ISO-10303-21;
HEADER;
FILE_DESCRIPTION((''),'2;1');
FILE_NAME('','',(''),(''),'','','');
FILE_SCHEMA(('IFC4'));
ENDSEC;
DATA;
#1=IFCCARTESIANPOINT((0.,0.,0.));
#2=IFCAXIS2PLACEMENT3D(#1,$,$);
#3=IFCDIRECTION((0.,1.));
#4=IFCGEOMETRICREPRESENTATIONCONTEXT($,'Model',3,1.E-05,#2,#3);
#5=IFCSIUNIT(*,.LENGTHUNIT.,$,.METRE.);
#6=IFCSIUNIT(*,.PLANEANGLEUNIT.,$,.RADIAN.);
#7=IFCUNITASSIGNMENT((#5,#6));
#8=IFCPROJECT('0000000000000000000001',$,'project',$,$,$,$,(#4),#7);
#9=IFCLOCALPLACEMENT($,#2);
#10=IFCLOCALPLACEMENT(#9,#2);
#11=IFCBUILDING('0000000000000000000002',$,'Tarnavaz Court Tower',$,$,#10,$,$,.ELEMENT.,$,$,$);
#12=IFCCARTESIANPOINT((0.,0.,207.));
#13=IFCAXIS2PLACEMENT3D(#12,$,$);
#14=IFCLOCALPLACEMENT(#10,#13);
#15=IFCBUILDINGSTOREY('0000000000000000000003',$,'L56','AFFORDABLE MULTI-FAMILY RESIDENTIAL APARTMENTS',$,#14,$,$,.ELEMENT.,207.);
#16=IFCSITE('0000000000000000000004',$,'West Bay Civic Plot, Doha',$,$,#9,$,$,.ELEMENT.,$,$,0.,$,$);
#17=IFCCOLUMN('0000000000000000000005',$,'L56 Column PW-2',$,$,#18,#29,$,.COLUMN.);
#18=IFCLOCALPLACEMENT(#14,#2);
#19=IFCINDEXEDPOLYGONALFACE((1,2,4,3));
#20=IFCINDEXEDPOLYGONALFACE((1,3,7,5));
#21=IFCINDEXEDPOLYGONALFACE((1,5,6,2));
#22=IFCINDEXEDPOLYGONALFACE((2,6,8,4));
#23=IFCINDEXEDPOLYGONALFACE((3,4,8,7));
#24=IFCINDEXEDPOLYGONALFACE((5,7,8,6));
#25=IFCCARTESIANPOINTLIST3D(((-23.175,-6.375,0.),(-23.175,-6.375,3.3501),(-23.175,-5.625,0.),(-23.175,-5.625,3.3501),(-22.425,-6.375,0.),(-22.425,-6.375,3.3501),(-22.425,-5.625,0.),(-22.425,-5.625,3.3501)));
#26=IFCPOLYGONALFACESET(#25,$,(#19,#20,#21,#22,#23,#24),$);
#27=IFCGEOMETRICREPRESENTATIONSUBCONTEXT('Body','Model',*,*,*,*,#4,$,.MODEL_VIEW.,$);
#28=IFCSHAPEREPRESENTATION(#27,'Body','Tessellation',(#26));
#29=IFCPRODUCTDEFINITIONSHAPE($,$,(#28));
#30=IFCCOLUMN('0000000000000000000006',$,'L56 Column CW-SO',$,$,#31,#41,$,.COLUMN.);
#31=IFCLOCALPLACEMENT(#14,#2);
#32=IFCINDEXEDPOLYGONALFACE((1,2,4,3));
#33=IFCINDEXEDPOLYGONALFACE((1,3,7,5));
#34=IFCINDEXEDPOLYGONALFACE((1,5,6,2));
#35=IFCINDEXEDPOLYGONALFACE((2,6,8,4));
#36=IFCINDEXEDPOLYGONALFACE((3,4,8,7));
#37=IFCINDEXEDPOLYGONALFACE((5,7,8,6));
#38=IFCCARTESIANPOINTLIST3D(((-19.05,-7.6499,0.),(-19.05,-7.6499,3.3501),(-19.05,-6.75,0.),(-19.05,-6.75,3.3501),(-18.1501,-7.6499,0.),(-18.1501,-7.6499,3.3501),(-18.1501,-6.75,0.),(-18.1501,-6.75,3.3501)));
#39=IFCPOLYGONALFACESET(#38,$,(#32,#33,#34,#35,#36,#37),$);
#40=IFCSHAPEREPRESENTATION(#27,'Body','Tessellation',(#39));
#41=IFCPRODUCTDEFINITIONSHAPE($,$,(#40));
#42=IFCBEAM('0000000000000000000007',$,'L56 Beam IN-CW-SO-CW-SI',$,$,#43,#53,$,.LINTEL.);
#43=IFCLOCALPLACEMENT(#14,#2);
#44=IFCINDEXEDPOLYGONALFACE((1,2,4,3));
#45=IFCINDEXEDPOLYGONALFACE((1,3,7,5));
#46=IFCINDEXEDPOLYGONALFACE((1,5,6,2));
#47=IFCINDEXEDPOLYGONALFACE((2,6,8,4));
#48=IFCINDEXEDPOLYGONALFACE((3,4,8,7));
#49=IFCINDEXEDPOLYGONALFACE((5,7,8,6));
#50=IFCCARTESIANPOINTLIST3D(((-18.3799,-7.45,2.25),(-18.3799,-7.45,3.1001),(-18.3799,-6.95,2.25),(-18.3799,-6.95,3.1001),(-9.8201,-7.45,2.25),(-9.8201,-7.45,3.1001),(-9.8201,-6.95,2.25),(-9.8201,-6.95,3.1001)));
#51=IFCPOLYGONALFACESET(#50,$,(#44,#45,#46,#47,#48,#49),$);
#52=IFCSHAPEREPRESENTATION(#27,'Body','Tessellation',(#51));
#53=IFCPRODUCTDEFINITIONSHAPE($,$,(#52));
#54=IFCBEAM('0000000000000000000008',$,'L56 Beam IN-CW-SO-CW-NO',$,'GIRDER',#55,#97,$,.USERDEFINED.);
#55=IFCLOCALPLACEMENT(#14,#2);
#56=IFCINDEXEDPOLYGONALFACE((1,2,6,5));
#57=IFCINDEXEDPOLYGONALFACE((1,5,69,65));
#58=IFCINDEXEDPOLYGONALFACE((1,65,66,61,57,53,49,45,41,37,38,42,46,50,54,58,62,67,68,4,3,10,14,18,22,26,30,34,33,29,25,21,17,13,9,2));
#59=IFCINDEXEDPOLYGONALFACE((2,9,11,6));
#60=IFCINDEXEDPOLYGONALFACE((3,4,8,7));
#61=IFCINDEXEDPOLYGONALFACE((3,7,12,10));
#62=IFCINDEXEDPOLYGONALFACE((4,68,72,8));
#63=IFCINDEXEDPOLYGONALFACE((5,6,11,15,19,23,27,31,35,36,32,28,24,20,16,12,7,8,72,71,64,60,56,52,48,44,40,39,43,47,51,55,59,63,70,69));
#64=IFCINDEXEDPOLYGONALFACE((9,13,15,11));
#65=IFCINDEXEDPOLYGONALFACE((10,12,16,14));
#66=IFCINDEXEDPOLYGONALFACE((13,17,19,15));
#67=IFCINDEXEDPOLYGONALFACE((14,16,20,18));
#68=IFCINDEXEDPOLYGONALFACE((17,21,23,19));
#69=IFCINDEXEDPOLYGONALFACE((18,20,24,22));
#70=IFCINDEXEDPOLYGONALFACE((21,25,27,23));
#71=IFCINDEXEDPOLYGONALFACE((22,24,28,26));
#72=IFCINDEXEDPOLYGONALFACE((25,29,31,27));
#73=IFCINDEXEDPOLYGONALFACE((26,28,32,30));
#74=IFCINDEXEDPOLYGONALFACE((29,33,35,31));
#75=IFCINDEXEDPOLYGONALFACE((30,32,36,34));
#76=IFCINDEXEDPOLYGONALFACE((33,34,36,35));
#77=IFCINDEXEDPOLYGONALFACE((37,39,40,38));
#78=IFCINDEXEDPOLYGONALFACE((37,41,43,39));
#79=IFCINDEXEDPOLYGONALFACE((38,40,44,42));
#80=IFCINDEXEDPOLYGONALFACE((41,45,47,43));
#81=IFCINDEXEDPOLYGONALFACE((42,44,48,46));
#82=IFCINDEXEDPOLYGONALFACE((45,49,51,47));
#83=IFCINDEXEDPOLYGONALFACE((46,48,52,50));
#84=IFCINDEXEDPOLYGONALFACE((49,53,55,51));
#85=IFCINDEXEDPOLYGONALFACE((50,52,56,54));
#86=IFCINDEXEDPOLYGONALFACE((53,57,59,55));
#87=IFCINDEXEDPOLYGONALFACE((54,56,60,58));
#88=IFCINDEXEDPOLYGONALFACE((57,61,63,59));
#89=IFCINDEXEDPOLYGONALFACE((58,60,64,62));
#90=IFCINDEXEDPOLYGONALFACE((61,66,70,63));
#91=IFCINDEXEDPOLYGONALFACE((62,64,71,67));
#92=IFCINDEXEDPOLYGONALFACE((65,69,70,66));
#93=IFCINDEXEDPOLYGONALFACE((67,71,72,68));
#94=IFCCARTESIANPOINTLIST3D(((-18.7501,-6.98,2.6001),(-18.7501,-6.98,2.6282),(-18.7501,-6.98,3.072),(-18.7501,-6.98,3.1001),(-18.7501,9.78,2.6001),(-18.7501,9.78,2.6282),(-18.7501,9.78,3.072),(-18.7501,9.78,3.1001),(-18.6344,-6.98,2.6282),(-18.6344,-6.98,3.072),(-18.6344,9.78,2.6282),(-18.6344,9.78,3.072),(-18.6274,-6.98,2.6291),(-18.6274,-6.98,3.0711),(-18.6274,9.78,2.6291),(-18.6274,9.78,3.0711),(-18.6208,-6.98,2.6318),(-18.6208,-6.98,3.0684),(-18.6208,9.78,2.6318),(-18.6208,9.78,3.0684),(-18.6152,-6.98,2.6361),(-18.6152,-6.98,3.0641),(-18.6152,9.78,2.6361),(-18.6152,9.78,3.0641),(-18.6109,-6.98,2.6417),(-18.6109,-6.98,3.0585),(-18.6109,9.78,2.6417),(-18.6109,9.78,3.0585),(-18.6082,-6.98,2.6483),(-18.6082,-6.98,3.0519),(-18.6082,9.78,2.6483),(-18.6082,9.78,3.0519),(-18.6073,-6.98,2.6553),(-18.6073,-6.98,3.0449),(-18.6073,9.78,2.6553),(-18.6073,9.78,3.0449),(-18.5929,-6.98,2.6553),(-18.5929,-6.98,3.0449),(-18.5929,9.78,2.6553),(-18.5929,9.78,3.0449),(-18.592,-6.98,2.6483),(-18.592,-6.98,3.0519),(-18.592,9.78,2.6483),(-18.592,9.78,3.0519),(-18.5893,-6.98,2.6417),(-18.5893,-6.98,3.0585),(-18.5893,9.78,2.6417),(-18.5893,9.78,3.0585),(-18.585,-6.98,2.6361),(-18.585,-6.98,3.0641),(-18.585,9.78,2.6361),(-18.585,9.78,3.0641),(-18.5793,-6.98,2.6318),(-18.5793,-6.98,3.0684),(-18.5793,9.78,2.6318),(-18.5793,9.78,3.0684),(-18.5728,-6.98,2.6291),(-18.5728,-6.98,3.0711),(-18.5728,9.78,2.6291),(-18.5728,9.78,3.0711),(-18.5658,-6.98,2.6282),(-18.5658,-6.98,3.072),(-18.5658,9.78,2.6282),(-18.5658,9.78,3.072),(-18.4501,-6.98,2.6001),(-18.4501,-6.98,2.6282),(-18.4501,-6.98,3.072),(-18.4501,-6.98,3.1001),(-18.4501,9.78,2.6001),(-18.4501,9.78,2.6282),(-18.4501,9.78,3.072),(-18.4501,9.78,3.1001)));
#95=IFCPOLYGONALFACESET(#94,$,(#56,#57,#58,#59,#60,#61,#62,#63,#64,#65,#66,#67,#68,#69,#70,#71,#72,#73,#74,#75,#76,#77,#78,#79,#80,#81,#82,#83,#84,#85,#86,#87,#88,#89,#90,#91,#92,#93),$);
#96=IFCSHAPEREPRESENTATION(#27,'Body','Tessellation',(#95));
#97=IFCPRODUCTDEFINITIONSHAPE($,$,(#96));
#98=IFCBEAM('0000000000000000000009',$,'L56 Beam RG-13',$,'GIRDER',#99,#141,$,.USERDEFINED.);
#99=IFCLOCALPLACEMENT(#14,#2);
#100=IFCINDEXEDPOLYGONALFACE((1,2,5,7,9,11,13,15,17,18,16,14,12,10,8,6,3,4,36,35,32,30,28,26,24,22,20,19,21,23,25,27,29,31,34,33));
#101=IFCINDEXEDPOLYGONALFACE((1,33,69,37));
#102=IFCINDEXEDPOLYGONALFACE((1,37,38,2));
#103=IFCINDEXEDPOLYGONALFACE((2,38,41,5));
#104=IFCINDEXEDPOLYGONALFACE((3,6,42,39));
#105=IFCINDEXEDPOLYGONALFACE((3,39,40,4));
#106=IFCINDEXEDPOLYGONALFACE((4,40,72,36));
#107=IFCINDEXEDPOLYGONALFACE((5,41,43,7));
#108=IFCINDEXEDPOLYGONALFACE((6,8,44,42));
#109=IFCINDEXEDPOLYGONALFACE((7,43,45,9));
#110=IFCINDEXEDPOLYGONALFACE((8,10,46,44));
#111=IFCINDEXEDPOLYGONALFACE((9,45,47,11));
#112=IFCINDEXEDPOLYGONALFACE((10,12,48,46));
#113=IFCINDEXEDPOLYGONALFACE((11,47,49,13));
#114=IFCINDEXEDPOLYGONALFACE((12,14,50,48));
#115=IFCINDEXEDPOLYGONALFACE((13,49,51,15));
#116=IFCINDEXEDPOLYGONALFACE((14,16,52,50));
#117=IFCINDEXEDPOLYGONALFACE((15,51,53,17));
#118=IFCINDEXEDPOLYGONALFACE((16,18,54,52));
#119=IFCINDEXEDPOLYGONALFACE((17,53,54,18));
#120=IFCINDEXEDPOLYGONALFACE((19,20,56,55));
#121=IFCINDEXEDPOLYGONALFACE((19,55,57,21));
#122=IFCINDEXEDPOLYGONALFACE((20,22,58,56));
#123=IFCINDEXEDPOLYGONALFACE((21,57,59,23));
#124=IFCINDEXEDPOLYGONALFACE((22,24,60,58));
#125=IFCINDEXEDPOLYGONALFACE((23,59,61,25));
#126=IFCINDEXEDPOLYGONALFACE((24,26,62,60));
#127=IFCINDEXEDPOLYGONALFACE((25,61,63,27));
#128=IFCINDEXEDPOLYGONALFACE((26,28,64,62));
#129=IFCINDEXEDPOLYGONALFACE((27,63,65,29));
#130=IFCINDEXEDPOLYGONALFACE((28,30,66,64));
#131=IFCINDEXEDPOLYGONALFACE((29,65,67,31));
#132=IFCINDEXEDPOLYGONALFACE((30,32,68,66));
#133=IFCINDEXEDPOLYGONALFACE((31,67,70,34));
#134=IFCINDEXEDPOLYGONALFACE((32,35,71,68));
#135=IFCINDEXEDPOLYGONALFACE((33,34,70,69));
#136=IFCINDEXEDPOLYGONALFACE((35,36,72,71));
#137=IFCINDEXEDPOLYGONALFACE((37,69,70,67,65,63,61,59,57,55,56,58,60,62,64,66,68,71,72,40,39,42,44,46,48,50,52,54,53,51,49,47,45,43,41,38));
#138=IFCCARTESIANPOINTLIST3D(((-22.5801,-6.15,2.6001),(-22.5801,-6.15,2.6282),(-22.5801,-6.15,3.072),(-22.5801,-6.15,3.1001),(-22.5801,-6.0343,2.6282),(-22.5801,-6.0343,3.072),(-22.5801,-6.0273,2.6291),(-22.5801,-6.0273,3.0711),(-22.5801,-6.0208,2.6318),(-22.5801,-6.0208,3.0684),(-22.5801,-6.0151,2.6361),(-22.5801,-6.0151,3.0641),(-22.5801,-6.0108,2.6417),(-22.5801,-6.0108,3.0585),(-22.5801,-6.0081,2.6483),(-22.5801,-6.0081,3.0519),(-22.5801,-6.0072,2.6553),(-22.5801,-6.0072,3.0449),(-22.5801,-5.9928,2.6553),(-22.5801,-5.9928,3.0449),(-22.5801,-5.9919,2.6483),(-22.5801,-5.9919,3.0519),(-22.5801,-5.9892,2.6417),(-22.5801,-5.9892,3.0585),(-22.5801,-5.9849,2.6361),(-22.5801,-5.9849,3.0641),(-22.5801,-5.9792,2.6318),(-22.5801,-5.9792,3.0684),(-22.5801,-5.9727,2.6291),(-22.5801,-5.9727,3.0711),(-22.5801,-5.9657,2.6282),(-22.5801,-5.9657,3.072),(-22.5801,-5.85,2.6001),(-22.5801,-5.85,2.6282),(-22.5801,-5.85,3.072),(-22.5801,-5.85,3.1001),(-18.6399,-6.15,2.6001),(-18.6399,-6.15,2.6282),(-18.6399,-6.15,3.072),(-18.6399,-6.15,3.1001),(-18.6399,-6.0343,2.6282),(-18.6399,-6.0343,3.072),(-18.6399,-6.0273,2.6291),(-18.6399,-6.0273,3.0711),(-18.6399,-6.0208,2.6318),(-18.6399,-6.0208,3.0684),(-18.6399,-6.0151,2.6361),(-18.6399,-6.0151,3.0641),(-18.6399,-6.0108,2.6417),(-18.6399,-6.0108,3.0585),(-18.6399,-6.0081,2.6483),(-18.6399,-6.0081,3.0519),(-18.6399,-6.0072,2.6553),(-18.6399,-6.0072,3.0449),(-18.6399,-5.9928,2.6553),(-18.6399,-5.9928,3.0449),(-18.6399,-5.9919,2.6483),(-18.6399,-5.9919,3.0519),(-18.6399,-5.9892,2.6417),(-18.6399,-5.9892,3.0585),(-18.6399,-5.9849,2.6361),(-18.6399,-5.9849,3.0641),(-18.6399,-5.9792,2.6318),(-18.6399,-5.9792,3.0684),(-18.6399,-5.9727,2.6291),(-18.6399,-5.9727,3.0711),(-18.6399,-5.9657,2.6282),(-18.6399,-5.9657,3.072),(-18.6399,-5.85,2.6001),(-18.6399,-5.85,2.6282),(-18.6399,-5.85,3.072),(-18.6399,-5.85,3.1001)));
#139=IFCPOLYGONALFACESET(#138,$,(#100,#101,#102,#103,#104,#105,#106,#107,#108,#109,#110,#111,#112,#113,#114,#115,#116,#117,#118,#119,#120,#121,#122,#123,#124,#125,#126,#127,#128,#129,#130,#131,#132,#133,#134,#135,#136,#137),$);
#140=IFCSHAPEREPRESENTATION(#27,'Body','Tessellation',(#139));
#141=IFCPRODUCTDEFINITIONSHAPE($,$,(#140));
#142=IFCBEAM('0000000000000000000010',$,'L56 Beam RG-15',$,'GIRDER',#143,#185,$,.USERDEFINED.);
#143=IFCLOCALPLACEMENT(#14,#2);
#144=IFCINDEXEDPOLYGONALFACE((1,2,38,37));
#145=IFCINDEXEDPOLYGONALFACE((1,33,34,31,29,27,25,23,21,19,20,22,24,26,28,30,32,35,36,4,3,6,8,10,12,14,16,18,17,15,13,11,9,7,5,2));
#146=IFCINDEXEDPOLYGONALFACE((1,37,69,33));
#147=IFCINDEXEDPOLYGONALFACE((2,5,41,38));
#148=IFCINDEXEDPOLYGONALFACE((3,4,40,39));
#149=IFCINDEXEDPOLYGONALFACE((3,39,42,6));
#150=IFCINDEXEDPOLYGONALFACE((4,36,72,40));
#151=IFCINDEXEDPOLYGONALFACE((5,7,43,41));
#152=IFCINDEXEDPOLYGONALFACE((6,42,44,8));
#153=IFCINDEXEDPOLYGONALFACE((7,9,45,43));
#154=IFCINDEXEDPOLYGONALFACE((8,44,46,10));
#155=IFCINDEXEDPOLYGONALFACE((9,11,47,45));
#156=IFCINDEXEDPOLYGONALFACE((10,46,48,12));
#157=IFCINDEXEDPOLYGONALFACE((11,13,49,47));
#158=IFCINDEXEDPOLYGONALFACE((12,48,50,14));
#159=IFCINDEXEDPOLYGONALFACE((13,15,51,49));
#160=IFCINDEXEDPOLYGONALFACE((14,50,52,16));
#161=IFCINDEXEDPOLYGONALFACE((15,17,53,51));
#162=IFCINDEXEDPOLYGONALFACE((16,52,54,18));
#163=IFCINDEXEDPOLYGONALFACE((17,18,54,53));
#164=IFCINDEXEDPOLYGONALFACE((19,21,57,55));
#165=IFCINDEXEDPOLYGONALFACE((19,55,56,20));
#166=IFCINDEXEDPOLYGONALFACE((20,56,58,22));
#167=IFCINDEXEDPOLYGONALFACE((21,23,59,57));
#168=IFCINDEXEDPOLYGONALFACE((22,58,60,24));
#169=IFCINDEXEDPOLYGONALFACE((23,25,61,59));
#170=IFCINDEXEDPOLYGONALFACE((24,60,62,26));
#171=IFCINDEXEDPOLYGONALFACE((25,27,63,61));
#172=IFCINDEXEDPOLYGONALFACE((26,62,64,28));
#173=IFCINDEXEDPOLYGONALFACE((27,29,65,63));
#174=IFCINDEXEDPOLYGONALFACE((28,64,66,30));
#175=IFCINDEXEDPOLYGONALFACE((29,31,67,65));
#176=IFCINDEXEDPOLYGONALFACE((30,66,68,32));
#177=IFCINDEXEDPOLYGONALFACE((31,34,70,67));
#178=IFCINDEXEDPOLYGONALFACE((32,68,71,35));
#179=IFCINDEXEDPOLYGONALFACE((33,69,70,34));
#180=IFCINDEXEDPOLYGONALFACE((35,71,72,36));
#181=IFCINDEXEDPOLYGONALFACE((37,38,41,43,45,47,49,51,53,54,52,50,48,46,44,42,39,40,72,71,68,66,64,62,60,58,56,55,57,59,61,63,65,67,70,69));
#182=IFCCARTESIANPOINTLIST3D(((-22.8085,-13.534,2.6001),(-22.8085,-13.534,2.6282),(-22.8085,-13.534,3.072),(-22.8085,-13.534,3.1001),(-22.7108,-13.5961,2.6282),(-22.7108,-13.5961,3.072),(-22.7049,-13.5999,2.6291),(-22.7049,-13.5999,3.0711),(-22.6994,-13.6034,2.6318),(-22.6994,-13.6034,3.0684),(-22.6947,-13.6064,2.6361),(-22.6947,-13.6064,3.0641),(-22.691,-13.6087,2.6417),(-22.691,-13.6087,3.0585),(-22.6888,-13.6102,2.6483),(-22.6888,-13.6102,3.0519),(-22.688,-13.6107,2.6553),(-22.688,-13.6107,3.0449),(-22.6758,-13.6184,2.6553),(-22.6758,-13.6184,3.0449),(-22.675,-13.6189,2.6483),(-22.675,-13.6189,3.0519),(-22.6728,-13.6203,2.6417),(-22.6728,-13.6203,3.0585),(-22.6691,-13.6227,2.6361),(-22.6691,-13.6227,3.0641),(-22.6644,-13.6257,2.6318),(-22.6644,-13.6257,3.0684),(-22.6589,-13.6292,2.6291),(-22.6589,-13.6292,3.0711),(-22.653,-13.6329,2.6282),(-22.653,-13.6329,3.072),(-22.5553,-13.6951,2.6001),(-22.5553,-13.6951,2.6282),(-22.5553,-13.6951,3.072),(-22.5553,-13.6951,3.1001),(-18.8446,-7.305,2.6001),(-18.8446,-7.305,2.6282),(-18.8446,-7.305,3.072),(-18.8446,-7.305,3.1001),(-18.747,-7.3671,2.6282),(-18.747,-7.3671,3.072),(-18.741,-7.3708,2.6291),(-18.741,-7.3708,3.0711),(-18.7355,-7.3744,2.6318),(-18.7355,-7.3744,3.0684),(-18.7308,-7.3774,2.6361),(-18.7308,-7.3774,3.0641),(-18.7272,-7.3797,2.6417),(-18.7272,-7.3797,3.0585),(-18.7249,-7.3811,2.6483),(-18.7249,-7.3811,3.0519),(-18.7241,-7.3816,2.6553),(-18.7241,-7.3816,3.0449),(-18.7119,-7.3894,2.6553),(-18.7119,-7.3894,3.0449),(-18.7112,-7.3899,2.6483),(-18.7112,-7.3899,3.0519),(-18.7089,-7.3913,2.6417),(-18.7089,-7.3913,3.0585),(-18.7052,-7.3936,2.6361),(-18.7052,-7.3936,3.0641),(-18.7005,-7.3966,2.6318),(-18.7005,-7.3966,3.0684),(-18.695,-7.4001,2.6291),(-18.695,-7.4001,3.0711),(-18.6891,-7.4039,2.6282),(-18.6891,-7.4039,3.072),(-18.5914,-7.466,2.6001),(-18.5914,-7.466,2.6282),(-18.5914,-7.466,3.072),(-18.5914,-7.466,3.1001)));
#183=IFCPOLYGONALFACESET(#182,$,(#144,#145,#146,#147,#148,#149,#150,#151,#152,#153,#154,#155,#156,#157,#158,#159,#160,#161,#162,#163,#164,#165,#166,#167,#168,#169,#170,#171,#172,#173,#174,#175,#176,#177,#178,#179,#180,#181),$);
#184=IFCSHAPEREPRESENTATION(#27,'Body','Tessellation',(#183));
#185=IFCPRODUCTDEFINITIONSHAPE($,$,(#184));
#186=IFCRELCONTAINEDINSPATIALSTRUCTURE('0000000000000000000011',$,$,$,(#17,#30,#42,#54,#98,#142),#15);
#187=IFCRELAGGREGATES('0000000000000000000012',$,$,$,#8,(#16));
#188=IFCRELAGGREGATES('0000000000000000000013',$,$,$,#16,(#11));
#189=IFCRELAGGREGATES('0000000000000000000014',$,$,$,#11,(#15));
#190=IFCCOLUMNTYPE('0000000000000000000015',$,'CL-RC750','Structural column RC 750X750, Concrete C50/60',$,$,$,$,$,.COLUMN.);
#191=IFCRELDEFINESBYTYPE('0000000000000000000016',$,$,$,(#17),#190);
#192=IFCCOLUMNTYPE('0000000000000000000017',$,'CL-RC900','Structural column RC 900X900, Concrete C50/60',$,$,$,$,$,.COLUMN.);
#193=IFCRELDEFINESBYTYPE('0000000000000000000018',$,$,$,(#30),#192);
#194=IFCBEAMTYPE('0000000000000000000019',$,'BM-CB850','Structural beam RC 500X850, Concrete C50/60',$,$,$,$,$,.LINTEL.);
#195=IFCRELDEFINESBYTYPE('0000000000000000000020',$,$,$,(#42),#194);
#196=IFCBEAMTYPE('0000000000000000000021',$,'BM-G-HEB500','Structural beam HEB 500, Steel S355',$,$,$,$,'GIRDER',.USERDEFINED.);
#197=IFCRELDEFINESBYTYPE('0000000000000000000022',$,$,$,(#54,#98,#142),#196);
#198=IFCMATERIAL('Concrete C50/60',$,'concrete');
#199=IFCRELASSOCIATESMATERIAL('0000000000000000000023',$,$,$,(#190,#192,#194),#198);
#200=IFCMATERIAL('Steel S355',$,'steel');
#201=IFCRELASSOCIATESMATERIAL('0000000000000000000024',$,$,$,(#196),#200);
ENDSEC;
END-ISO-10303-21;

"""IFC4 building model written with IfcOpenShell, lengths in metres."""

from ifc_helpers import new_model, si_unit, direction, frame, origin, origin_2d, place, context, subcontext, project, spatial, rectangle, i_section, extrude, material, material_profile, profile_set, type_object, element, save


model = new_model("IFC4")

# Units and contexts
model_context = context("Model", 3, precision=1e-05, world=origin(), true_north=direction((0.0, 1.0)))
body_context = subcontext(model_context, "Body", "Model", "MODEL_VIEW")
ifc_project = project(units=[si_unit("LENGTHUNIT", "METRE"), si_unit("PLANEANGLEUNIT", "RADIAN")], contexts=[model_context])

# Site, building, storey
site_placement = place(None, origin())
site = spatial("IfcSite", under=ifc_project, at=site_placement, Name="West Bay Civic Plot, Doha", CompositionType="ELEMENT", RefElevation=0.0)
building_placement = place(site_placement, origin())
building = spatial("IfcBuilding", under=site, at=building_placement, Name="Tarnavaz Court Tower", CompositionType="ELEMENT")
storey_placement = place(building_placement, frame((0.0, 0.0, 207.0)))
storey = spatial("IfcBuildingStorey", under=building, at=storey_placement, Name="L56", Description="AFFORDABLE MULTI-FAMILY RESIDENTIAL APARTMENTS", CompositionType="ELEMENT", Elevation=207.0)

# Columns
ifc_material_1 = material(Name="Concrete C50/60", Category="concrete")
ifc_material_profile_1 = material_profile(ifc_material_1, rectangle(XDim=0.75, YDim=0.75, at=origin_2d()), Name="RC 750X750")
ifc_profile_set_1 = profile_set([ifc_material_profile_1], Name="Concrete C50/60")
column_type_1 = type_object("IfcColumnType", Name="CL-RC750", Description="Structural column RC 750X750, Concrete C50/60", PredefinedType="COLUMN", material=ifc_profile_set_1)
column_1_placement = place(storey_placement, frame((-22.8, -6.0, 0.0), z_axis=(0.0, 0.0, 1.0), x_axis=(1.0, 0.0, 0.0)))
element("IfcColumn", 1, at=column_1_placement, inside=storey, type_object=column_type_1, Name="L56 Column PW-2", PredefinedType="COLUMN", context=body_context, shape_type="SweptSolid", body=[
    extrude(rectangle(XDim=0.75, YDim=0.75, at=origin_2d()), origin(), (0.0, 0.0, 1.0), 3.3501),
])
ifc_material_profile_2 = material_profile(ifc_material_1, rectangle(XDim=0.8999, YDim=0.8999, at=origin_2d()), Name="RC 900X900")
ifc_profile_set_2 = profile_set([ifc_material_profile_2], Name="Concrete C50/60")
column_type_2 = type_object("IfcColumnType", Name="CL-RC900", Description="Structural column RC 900X900, Concrete C50/60", PredefinedType="COLUMN", material=ifc_profile_set_2)
column_2_placement = place(storey_placement, frame((-18.6001, -7.2, 0.0), z_axis=(0.0, 0.0, 1.0), x_axis=(1.0, 0.0, 0.0)))
element("IfcColumn", 2, at=column_2_placement, inside=storey, type_object=column_type_2, Name="L56 Column CW-SO", PredefinedType="COLUMN", context=body_context, shape_type="SweptSolid", body=[
    extrude(rectangle(XDim=0.8999, YDim=0.8999, at=origin_2d()), origin(), (0.0, 0.0, 1.0), 3.3501),
])

# Beams
ifc_material_profile_3 = material_profile(ifc_material_1, rectangle(XDim=0.5, YDim=0.8501, at=origin_2d()), Name="RC 500X850")
ifc_profile_set_3 = profile_set([ifc_material_profile_3], Name="Concrete C50/60")
beam_type_1 = type_object("IfcBeamType", Name="BM-CB850", Description="Structural beam RC 500X850, Concrete C50/60", PredefinedType="LINTEL", material=ifc_profile_set_3)
beam_1_placement = place(storey_placement, frame((-18.3799, -7.2, 2.675), z_axis=(1.0, 0.0, 0.0), x_axis=(0.0, 1.0, 0.0)))
element("IfcBeam", 3, at=beam_1_placement, inside=storey, type_object=beam_type_1, Name="L56 Beam IN-CW-SO-CW-SI", PredefinedType="LINTEL", context=body_context, shape_type="SweptSolid", body=[
    extrude(rectangle(XDim=0.5, YDim=0.8501, at=origin_2d()), origin(), (0.0, 0.0, 1.0), 8.5598),
])
ifc_material_2 = material(Name="Steel S355", Category="steel")
ifc_material_profile_4 = material_profile(ifc_material_2, i_section(OverallWidth=0.3, OverallDepth=0.5, WebThickness=0.0144, FlangeThickness=0.0281, FilletRadius=0.0271, at=origin_2d()), Name="HEB 500")
ifc_profile_set_4 = profile_set([ifc_material_profile_4], Name="Steel S355")
beam_type_2 = type_object("IfcBeamType", Name="BM-G-HEB500", Description="Structural beam HEB 500, Steel S355", ElementType="GIRDER", PredefinedType="USERDEFINED", material=ifc_profile_set_4)
beam_2_placement = place(storey_placement, frame((-18.6001, -6.98, 2.8501), z_axis=(0.0, 1.0, 0.0), x_axis=(-1.0, 0.0, 0.0)))
element("IfcBeam", 4, at=beam_2_placement, inside=storey, type_object=beam_type_2, Name="L56 Beam IN-CW-SO-CW-NO", ObjectType="GIRDER", PredefinedType="USERDEFINED", context=body_context, shape_type="SweptSolid", body=[
    extrude(i_section(OverallWidth=0.3, OverallDepth=0.5, WebThickness=0.0144, FlangeThickness=0.0281, FilletRadius=0.0271, at=origin_2d()), origin(), (0.0, 0.0, 1.0), 16.76),
])
beam_3_placement = place(storey_placement, frame((-18.6399, -6.0, 2.8501), z_axis=(-1.0, 0.0, 0.0), x_axis=(0.0, -1.0, 0.0)))
element("IfcBeam", 5, at=beam_3_placement, inside=storey, type_object=beam_type_2, Name="L56 Beam RG-13", ObjectType="GIRDER", PredefinedType="USERDEFINED", context=body_context, shape_type="SweptSolid", body=[
    extrude(i_section(OverallWidth=0.3, OverallDepth=0.5, WebThickness=0.0144, FlangeThickness=0.0281, FilletRadius=0.0271, at=origin_2d()), origin(), (0.0, 0.0, 1.0), 3.9402),
])
beam_4_placement = place(storey_placement, frame((-18.718, -7.3855, 2.8501), z_axis=(-0.536871, -0.843664, 0.0), x_axis=(0.843664, -0.536871, 0.0)))
element("IfcBeam", 6, at=beam_4_placement, inside=storey, type_object=beam_type_2, Name="L56 Beam RG-15", ObjectType="GIRDER", PredefinedType="USERDEFINED", context=body_context, shape_type="SweptSolid", body=[
    extrude(i_section(OverallWidth=0.3, OverallDepth=0.5, WebThickness=0.0144, FlangeThickness=0.0281, FilletRadius=0.0271, at=origin_2d()), origin(), (0.0, 0.0, 1.0), 7.3833),
])

save(model, "model.ifc")
